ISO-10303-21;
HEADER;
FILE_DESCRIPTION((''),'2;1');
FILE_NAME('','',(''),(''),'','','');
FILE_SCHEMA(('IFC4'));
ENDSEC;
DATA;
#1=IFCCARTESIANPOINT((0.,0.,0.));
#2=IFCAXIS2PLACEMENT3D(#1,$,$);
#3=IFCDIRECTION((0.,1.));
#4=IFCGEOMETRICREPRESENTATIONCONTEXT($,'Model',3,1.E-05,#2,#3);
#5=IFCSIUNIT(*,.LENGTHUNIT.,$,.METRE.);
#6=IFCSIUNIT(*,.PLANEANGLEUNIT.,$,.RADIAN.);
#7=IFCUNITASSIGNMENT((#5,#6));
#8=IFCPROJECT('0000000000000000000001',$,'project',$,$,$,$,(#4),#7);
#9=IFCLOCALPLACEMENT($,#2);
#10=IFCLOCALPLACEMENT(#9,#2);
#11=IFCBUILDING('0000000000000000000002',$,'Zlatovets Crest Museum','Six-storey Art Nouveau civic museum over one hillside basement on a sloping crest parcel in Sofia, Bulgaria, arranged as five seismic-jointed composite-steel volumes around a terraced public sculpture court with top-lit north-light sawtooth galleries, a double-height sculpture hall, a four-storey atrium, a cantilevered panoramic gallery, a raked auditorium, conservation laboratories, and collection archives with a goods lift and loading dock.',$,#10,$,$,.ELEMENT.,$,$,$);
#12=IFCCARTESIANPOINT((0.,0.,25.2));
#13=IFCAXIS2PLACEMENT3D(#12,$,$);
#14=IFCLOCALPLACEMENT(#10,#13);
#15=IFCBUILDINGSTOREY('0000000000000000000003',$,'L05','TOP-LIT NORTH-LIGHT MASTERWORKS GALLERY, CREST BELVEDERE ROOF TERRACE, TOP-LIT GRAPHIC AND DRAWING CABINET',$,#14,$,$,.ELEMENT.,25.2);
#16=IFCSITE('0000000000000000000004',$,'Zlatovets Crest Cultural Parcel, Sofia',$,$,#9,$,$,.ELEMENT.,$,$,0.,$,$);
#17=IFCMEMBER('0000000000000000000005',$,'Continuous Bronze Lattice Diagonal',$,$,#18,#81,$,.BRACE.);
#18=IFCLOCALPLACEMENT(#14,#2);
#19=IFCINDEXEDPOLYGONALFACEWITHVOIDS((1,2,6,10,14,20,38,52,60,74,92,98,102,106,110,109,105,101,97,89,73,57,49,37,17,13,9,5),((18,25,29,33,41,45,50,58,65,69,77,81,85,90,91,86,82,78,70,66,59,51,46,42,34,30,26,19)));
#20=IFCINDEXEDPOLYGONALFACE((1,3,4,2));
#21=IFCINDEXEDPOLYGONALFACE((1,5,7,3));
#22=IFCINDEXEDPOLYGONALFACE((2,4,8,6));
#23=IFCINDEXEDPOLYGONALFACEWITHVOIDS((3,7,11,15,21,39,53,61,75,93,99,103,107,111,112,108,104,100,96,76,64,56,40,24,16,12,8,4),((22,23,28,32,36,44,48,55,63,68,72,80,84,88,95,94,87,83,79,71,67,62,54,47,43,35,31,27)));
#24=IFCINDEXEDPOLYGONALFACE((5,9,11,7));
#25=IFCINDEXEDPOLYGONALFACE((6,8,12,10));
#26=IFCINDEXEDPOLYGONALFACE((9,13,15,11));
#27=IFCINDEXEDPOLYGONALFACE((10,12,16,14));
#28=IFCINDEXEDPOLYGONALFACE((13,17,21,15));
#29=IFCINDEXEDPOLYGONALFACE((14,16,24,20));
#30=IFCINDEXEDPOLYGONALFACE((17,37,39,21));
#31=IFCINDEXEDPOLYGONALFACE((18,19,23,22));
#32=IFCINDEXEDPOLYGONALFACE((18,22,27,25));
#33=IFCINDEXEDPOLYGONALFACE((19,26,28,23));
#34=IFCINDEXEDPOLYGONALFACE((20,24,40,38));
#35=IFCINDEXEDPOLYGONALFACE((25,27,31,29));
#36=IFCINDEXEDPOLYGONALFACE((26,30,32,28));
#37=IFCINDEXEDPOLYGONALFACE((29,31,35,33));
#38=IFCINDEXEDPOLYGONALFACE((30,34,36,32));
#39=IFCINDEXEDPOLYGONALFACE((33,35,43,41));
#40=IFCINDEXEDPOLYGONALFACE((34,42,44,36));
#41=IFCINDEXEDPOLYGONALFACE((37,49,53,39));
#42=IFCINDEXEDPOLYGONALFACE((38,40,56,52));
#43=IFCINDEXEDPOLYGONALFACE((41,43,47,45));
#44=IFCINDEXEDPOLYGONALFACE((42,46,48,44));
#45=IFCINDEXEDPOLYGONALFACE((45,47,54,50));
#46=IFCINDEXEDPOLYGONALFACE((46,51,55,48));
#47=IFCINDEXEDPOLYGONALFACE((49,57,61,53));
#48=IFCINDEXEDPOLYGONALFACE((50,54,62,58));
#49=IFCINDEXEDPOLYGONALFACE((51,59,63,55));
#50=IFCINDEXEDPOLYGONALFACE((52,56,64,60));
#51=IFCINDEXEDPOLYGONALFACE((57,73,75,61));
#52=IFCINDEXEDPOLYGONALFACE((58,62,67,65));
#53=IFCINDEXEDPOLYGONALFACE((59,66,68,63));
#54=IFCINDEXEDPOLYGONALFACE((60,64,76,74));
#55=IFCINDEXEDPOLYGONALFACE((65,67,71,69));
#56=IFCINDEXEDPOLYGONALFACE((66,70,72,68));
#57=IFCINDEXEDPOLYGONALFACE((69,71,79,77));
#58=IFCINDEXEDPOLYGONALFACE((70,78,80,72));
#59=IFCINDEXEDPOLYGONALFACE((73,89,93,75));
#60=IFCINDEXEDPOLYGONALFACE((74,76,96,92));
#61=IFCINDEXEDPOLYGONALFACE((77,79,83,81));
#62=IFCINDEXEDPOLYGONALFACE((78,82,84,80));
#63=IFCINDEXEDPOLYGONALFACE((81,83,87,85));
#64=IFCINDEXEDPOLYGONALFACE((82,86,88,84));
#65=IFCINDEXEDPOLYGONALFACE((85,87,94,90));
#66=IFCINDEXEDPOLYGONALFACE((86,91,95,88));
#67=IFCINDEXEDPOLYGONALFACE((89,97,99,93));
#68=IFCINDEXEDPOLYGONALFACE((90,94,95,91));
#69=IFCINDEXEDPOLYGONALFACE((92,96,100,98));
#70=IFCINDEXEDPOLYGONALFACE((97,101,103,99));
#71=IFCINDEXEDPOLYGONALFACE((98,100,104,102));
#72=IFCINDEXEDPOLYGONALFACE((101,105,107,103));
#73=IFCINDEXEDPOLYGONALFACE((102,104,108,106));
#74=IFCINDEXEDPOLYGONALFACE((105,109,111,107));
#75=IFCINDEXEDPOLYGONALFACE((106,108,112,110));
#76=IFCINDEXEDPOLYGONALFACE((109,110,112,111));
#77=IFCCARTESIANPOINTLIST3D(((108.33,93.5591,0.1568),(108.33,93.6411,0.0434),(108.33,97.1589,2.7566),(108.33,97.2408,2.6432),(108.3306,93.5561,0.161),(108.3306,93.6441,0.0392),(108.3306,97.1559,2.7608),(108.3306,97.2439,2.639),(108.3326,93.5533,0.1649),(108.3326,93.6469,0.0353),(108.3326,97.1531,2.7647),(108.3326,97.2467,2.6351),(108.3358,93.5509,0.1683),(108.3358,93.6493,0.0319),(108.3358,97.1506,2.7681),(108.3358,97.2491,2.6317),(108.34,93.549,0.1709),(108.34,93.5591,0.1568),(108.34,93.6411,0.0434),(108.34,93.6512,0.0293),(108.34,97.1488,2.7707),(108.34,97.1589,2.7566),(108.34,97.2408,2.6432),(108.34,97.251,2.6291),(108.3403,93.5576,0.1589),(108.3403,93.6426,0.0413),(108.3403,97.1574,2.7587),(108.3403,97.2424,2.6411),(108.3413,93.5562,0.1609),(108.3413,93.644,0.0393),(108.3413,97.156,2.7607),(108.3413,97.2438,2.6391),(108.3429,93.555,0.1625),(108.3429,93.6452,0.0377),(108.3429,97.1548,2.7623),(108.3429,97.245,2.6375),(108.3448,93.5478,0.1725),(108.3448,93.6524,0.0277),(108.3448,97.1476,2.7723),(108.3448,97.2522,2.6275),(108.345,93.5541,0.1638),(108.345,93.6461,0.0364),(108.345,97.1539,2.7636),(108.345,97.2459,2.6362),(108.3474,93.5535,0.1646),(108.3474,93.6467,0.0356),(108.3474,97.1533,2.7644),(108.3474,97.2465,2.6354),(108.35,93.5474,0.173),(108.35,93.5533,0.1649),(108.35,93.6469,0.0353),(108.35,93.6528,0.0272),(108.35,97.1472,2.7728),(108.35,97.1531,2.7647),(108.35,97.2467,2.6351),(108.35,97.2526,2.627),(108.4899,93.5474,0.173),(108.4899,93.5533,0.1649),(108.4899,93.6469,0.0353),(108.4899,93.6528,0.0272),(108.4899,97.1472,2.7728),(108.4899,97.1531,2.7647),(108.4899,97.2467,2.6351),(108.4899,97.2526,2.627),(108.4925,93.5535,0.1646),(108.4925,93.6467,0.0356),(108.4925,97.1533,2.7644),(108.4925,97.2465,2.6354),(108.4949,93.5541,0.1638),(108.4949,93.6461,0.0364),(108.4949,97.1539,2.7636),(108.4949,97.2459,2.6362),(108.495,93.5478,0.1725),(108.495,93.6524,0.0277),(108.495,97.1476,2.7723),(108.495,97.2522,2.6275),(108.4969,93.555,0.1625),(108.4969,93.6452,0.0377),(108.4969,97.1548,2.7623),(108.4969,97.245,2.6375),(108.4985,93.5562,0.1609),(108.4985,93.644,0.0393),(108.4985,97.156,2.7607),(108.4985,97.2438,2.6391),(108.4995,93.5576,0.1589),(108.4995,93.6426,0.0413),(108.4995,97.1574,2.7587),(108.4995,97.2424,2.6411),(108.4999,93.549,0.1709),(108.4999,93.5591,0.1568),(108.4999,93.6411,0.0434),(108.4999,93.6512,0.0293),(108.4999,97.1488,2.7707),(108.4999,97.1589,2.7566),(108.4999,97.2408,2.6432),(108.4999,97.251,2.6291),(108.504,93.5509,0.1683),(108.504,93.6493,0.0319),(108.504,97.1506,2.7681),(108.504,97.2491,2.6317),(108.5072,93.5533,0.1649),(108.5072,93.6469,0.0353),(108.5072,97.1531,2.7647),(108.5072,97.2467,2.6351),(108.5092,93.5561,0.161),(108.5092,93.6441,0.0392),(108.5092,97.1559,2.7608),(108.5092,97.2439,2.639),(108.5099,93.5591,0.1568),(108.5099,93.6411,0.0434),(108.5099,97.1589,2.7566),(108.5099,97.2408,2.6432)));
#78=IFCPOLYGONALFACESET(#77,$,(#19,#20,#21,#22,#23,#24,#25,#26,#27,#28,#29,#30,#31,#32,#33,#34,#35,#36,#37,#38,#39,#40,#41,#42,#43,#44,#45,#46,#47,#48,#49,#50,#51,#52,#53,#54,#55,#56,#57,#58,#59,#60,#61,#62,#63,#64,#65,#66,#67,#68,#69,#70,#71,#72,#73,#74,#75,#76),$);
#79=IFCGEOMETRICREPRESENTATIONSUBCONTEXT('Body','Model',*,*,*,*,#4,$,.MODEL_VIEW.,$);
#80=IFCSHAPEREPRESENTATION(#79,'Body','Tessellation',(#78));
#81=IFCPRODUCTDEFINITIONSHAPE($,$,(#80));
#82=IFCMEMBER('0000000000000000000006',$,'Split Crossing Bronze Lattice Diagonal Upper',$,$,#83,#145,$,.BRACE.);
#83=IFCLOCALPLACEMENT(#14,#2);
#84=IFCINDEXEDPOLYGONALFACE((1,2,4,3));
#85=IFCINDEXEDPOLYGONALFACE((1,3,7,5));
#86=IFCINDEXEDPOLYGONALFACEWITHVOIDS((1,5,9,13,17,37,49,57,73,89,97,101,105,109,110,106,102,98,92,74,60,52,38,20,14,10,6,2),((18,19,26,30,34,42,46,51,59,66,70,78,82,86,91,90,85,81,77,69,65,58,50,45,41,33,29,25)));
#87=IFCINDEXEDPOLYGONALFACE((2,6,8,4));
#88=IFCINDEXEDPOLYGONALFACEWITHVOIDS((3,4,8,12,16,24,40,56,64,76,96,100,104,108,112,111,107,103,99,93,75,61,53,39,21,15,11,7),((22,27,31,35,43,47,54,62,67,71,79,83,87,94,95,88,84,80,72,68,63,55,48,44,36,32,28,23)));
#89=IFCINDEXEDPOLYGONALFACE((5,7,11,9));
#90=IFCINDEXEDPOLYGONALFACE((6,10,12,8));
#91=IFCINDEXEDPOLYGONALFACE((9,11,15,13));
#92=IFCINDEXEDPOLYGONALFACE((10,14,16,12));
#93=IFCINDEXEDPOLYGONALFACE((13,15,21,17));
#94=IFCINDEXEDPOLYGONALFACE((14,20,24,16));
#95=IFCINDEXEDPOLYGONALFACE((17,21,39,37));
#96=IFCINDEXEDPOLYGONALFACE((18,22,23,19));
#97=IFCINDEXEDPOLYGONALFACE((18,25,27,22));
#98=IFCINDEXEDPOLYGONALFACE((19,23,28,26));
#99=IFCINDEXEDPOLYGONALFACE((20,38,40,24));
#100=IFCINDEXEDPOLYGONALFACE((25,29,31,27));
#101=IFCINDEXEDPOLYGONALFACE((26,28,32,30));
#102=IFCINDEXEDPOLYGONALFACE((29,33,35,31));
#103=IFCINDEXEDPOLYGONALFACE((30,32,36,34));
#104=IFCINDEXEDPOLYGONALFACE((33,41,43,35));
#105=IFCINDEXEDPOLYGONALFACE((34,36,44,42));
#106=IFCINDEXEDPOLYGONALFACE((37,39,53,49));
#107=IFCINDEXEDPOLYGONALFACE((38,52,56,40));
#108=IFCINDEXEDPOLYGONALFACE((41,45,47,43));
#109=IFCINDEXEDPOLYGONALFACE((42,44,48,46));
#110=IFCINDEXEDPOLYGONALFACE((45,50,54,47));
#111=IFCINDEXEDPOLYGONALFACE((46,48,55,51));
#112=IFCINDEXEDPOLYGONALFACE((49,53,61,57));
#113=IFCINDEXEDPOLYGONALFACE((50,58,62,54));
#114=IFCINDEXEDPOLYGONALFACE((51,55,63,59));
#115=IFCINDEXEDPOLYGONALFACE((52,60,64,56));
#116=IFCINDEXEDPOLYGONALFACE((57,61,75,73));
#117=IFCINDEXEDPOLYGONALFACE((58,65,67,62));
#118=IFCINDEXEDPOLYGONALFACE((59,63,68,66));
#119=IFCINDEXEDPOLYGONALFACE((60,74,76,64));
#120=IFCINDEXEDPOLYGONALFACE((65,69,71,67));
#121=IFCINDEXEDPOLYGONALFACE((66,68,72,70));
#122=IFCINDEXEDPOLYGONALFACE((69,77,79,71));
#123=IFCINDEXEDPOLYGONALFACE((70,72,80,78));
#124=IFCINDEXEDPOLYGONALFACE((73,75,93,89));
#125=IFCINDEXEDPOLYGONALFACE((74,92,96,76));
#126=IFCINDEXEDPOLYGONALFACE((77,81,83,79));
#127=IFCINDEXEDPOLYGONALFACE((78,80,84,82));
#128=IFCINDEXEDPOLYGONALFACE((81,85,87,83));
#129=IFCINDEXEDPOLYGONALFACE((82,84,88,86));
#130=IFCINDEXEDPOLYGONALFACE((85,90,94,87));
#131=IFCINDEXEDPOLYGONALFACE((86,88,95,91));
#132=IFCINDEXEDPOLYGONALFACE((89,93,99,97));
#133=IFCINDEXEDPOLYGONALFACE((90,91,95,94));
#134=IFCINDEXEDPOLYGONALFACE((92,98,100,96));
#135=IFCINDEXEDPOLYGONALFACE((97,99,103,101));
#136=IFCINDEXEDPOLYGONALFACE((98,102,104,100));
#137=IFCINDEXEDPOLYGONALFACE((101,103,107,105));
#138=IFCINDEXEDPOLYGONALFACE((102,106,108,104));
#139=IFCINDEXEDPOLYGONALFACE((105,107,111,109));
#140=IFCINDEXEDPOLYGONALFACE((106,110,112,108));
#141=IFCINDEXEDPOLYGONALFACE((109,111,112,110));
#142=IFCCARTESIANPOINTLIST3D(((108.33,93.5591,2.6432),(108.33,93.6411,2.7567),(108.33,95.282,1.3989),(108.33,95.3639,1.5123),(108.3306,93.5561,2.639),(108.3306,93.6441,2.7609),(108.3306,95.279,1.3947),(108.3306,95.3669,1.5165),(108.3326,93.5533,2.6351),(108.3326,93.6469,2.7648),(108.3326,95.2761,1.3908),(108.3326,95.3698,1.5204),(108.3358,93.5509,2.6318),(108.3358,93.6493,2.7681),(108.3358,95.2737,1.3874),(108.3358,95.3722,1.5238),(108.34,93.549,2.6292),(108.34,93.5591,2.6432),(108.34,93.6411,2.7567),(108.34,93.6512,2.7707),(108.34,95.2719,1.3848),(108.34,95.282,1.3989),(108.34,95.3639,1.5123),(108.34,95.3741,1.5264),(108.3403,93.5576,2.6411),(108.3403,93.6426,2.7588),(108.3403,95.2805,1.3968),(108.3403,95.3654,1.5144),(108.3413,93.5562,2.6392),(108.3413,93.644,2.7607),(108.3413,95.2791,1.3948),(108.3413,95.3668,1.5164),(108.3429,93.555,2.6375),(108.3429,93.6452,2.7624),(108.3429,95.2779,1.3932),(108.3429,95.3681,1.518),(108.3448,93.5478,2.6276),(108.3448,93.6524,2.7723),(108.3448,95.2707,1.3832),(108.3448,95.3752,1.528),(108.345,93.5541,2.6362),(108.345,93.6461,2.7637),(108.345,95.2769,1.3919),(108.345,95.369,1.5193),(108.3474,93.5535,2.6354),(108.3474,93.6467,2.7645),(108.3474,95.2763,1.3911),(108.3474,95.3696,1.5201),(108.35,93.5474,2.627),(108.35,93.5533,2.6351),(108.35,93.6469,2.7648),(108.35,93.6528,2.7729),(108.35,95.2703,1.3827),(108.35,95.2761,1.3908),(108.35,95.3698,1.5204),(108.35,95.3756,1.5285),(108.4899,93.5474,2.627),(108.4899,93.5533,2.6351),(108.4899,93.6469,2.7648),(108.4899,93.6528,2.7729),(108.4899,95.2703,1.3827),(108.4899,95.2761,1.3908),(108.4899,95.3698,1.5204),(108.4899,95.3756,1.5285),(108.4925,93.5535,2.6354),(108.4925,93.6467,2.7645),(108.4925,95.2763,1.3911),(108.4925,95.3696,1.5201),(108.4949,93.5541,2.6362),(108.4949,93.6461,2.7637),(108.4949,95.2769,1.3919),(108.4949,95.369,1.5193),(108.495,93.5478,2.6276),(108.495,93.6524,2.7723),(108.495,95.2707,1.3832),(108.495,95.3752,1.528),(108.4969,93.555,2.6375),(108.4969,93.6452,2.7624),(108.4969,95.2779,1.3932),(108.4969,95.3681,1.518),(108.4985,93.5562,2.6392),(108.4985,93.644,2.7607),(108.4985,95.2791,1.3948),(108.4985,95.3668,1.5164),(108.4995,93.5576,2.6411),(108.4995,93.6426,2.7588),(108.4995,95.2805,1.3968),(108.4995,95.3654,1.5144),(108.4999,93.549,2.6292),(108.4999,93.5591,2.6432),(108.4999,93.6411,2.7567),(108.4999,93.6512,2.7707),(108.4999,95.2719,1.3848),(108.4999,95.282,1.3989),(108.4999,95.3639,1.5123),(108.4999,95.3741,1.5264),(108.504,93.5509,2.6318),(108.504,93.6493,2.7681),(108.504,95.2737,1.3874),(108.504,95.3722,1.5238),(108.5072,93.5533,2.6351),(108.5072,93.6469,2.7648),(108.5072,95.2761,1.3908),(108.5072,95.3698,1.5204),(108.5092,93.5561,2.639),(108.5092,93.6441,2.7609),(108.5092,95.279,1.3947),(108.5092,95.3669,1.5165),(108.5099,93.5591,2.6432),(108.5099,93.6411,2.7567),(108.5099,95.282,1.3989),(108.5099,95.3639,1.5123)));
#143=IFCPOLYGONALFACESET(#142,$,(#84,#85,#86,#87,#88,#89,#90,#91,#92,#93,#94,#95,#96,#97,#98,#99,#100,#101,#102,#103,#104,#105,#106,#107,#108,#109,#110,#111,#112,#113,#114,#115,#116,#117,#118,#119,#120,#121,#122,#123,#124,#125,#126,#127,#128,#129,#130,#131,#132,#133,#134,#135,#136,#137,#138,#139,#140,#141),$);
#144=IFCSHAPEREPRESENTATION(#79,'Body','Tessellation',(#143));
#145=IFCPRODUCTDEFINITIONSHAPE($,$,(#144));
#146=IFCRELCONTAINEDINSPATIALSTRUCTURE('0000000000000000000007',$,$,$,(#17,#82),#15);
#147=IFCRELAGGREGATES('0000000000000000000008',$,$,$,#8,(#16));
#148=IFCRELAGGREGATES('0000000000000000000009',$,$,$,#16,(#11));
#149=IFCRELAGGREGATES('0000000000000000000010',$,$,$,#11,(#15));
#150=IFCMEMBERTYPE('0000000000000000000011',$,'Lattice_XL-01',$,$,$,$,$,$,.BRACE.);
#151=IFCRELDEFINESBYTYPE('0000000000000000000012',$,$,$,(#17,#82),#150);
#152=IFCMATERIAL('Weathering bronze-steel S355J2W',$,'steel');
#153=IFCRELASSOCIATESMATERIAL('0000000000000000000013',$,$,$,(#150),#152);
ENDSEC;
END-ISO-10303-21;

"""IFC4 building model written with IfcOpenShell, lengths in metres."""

from ifc_helpers import new_model, si_unit, direction, frame, origin, origin_2d, place, context, subcontext, project, spatial, hollow_rectangle, extrude, material, material_profile, profile_set, type_object, element, save


model = new_model("IFC4")

# Units and contexts
model_context = context("Model", 3, precision=1e-05, world=origin(), true_north=direction((0.0, 1.0)))
body_context = subcontext(model_context, "Body", "Model", "MODEL_VIEW")
ifc_project = project(units=[si_unit("LENGTHUNIT", "METRE"), si_unit("PLANEANGLEUNIT", "RADIAN")], contexts=[model_context])

# Site, building, storey
site_placement = place(None, origin())
site = spatial("IfcSite", under=ifc_project, at=site_placement, Name="Zlatovets Crest Cultural Parcel, Sofia", CompositionType="ELEMENT", RefElevation=0.0)
building_placement = place(site_placement, origin())
building = spatial("IfcBuilding", under=site, at=building_placement, Name="Zlatovets Crest Museum", Description="Six-storey Art Nouveau civic museum over one hillside basement on a sloping crest parcel in Sofia, Bulgaria, arranged as five seismic-jointed composite-steel volumes around a terraced public sculpture court with top-lit north-light sawtooth galleries, a double-height sculpture hall, a four-storey atrium, a cantilevered panoramic gallery, a raked auditorium, conservation laboratories, and collection archives with a goods lift and loading dock.", CompositionType="ELEMENT")
storey_placement = place(building_placement, frame((0.0, 0.0, 25.2)))
storey = spatial("IfcBuildingStorey", under=building, at=storey_placement, Name="L05", Description="TOP-LIT NORTH-LIGHT MASTERWORKS GALLERY, CREST BELVEDERE ROOF TERRACE, TOP-LIT GRAPHIC AND DRAWING CABINET", CompositionType="ELEMENT", Elevation=25.2)

# Members
ifc_material_1 = material(Name="Weathering bronze-steel S355J2W", Category="steel")
ifc_material_profile_1 = material_profile(ifc_material_1, hollow_rectangle(XDim=0.1799, YDim=0.1799, WallThickness=0.01, InnerFilletRadius=0.01, OuterFilletRadius=0.02, at=origin_2d()), Name="SHS 180x180x10.0")
ifc_profile_set_1 = profile_set([ifc_material_profile_1], Name="Weathering bronze-steel S355J2W")
member_type_1 = type_object("IfcMemberType", Name="Lattice_XL-01", PredefinedType="BRACE", material=ifc_profile_set_1)
member_1_placement = place(storey_placement, frame((108.4199, 93.6001, 0.1001), z_axis=(0.0, 0.810684, 0.585485), x_axis=(-1.0, 0.0, 0.0)))
element("IfcMember", 1, at=member_1_placement, inside=storey, type_object=member_type_1, Name="Continuous Bronze Lattice Diagonal", PredefinedType="BRACE", context=body_context, shape_type="SweptSolid", body=[
    extrude(hollow_rectangle(XDim=0.1799, YDim=0.1799, WallThickness=0.01, InnerFilletRadius=0.01, OuterFilletRadius=0.02, at=origin_2d()), origin(), (0.0, 0.0, 1.0), 4.4404),
])
member_2_placement = place(storey_placement, frame((108.4199, 93.6001, 2.7), z_axis=(0.0, 0.810664, -0.585512), x_axis=(-1.0, 0.0, 0.0)))
element("IfcMember", 2, at=member_2_placement, inside=storey, type_object=member_type_1, Name="Split Crossing Bronze Lattice Diagonal Upper", PredefinedType="BRACE", context=body_context, shape_type="SweptSolid", body=[
    extrude(hollow_rectangle(XDim=0.1799, YDim=0.1799, WallThickness=0.01, InnerFilletRadius=0.01, OuterFilletRadius=0.02, at=origin_2d()), origin(), (0.0, 0.0, 1.0), 2.1252),
])

save(model, "model.ifc")
